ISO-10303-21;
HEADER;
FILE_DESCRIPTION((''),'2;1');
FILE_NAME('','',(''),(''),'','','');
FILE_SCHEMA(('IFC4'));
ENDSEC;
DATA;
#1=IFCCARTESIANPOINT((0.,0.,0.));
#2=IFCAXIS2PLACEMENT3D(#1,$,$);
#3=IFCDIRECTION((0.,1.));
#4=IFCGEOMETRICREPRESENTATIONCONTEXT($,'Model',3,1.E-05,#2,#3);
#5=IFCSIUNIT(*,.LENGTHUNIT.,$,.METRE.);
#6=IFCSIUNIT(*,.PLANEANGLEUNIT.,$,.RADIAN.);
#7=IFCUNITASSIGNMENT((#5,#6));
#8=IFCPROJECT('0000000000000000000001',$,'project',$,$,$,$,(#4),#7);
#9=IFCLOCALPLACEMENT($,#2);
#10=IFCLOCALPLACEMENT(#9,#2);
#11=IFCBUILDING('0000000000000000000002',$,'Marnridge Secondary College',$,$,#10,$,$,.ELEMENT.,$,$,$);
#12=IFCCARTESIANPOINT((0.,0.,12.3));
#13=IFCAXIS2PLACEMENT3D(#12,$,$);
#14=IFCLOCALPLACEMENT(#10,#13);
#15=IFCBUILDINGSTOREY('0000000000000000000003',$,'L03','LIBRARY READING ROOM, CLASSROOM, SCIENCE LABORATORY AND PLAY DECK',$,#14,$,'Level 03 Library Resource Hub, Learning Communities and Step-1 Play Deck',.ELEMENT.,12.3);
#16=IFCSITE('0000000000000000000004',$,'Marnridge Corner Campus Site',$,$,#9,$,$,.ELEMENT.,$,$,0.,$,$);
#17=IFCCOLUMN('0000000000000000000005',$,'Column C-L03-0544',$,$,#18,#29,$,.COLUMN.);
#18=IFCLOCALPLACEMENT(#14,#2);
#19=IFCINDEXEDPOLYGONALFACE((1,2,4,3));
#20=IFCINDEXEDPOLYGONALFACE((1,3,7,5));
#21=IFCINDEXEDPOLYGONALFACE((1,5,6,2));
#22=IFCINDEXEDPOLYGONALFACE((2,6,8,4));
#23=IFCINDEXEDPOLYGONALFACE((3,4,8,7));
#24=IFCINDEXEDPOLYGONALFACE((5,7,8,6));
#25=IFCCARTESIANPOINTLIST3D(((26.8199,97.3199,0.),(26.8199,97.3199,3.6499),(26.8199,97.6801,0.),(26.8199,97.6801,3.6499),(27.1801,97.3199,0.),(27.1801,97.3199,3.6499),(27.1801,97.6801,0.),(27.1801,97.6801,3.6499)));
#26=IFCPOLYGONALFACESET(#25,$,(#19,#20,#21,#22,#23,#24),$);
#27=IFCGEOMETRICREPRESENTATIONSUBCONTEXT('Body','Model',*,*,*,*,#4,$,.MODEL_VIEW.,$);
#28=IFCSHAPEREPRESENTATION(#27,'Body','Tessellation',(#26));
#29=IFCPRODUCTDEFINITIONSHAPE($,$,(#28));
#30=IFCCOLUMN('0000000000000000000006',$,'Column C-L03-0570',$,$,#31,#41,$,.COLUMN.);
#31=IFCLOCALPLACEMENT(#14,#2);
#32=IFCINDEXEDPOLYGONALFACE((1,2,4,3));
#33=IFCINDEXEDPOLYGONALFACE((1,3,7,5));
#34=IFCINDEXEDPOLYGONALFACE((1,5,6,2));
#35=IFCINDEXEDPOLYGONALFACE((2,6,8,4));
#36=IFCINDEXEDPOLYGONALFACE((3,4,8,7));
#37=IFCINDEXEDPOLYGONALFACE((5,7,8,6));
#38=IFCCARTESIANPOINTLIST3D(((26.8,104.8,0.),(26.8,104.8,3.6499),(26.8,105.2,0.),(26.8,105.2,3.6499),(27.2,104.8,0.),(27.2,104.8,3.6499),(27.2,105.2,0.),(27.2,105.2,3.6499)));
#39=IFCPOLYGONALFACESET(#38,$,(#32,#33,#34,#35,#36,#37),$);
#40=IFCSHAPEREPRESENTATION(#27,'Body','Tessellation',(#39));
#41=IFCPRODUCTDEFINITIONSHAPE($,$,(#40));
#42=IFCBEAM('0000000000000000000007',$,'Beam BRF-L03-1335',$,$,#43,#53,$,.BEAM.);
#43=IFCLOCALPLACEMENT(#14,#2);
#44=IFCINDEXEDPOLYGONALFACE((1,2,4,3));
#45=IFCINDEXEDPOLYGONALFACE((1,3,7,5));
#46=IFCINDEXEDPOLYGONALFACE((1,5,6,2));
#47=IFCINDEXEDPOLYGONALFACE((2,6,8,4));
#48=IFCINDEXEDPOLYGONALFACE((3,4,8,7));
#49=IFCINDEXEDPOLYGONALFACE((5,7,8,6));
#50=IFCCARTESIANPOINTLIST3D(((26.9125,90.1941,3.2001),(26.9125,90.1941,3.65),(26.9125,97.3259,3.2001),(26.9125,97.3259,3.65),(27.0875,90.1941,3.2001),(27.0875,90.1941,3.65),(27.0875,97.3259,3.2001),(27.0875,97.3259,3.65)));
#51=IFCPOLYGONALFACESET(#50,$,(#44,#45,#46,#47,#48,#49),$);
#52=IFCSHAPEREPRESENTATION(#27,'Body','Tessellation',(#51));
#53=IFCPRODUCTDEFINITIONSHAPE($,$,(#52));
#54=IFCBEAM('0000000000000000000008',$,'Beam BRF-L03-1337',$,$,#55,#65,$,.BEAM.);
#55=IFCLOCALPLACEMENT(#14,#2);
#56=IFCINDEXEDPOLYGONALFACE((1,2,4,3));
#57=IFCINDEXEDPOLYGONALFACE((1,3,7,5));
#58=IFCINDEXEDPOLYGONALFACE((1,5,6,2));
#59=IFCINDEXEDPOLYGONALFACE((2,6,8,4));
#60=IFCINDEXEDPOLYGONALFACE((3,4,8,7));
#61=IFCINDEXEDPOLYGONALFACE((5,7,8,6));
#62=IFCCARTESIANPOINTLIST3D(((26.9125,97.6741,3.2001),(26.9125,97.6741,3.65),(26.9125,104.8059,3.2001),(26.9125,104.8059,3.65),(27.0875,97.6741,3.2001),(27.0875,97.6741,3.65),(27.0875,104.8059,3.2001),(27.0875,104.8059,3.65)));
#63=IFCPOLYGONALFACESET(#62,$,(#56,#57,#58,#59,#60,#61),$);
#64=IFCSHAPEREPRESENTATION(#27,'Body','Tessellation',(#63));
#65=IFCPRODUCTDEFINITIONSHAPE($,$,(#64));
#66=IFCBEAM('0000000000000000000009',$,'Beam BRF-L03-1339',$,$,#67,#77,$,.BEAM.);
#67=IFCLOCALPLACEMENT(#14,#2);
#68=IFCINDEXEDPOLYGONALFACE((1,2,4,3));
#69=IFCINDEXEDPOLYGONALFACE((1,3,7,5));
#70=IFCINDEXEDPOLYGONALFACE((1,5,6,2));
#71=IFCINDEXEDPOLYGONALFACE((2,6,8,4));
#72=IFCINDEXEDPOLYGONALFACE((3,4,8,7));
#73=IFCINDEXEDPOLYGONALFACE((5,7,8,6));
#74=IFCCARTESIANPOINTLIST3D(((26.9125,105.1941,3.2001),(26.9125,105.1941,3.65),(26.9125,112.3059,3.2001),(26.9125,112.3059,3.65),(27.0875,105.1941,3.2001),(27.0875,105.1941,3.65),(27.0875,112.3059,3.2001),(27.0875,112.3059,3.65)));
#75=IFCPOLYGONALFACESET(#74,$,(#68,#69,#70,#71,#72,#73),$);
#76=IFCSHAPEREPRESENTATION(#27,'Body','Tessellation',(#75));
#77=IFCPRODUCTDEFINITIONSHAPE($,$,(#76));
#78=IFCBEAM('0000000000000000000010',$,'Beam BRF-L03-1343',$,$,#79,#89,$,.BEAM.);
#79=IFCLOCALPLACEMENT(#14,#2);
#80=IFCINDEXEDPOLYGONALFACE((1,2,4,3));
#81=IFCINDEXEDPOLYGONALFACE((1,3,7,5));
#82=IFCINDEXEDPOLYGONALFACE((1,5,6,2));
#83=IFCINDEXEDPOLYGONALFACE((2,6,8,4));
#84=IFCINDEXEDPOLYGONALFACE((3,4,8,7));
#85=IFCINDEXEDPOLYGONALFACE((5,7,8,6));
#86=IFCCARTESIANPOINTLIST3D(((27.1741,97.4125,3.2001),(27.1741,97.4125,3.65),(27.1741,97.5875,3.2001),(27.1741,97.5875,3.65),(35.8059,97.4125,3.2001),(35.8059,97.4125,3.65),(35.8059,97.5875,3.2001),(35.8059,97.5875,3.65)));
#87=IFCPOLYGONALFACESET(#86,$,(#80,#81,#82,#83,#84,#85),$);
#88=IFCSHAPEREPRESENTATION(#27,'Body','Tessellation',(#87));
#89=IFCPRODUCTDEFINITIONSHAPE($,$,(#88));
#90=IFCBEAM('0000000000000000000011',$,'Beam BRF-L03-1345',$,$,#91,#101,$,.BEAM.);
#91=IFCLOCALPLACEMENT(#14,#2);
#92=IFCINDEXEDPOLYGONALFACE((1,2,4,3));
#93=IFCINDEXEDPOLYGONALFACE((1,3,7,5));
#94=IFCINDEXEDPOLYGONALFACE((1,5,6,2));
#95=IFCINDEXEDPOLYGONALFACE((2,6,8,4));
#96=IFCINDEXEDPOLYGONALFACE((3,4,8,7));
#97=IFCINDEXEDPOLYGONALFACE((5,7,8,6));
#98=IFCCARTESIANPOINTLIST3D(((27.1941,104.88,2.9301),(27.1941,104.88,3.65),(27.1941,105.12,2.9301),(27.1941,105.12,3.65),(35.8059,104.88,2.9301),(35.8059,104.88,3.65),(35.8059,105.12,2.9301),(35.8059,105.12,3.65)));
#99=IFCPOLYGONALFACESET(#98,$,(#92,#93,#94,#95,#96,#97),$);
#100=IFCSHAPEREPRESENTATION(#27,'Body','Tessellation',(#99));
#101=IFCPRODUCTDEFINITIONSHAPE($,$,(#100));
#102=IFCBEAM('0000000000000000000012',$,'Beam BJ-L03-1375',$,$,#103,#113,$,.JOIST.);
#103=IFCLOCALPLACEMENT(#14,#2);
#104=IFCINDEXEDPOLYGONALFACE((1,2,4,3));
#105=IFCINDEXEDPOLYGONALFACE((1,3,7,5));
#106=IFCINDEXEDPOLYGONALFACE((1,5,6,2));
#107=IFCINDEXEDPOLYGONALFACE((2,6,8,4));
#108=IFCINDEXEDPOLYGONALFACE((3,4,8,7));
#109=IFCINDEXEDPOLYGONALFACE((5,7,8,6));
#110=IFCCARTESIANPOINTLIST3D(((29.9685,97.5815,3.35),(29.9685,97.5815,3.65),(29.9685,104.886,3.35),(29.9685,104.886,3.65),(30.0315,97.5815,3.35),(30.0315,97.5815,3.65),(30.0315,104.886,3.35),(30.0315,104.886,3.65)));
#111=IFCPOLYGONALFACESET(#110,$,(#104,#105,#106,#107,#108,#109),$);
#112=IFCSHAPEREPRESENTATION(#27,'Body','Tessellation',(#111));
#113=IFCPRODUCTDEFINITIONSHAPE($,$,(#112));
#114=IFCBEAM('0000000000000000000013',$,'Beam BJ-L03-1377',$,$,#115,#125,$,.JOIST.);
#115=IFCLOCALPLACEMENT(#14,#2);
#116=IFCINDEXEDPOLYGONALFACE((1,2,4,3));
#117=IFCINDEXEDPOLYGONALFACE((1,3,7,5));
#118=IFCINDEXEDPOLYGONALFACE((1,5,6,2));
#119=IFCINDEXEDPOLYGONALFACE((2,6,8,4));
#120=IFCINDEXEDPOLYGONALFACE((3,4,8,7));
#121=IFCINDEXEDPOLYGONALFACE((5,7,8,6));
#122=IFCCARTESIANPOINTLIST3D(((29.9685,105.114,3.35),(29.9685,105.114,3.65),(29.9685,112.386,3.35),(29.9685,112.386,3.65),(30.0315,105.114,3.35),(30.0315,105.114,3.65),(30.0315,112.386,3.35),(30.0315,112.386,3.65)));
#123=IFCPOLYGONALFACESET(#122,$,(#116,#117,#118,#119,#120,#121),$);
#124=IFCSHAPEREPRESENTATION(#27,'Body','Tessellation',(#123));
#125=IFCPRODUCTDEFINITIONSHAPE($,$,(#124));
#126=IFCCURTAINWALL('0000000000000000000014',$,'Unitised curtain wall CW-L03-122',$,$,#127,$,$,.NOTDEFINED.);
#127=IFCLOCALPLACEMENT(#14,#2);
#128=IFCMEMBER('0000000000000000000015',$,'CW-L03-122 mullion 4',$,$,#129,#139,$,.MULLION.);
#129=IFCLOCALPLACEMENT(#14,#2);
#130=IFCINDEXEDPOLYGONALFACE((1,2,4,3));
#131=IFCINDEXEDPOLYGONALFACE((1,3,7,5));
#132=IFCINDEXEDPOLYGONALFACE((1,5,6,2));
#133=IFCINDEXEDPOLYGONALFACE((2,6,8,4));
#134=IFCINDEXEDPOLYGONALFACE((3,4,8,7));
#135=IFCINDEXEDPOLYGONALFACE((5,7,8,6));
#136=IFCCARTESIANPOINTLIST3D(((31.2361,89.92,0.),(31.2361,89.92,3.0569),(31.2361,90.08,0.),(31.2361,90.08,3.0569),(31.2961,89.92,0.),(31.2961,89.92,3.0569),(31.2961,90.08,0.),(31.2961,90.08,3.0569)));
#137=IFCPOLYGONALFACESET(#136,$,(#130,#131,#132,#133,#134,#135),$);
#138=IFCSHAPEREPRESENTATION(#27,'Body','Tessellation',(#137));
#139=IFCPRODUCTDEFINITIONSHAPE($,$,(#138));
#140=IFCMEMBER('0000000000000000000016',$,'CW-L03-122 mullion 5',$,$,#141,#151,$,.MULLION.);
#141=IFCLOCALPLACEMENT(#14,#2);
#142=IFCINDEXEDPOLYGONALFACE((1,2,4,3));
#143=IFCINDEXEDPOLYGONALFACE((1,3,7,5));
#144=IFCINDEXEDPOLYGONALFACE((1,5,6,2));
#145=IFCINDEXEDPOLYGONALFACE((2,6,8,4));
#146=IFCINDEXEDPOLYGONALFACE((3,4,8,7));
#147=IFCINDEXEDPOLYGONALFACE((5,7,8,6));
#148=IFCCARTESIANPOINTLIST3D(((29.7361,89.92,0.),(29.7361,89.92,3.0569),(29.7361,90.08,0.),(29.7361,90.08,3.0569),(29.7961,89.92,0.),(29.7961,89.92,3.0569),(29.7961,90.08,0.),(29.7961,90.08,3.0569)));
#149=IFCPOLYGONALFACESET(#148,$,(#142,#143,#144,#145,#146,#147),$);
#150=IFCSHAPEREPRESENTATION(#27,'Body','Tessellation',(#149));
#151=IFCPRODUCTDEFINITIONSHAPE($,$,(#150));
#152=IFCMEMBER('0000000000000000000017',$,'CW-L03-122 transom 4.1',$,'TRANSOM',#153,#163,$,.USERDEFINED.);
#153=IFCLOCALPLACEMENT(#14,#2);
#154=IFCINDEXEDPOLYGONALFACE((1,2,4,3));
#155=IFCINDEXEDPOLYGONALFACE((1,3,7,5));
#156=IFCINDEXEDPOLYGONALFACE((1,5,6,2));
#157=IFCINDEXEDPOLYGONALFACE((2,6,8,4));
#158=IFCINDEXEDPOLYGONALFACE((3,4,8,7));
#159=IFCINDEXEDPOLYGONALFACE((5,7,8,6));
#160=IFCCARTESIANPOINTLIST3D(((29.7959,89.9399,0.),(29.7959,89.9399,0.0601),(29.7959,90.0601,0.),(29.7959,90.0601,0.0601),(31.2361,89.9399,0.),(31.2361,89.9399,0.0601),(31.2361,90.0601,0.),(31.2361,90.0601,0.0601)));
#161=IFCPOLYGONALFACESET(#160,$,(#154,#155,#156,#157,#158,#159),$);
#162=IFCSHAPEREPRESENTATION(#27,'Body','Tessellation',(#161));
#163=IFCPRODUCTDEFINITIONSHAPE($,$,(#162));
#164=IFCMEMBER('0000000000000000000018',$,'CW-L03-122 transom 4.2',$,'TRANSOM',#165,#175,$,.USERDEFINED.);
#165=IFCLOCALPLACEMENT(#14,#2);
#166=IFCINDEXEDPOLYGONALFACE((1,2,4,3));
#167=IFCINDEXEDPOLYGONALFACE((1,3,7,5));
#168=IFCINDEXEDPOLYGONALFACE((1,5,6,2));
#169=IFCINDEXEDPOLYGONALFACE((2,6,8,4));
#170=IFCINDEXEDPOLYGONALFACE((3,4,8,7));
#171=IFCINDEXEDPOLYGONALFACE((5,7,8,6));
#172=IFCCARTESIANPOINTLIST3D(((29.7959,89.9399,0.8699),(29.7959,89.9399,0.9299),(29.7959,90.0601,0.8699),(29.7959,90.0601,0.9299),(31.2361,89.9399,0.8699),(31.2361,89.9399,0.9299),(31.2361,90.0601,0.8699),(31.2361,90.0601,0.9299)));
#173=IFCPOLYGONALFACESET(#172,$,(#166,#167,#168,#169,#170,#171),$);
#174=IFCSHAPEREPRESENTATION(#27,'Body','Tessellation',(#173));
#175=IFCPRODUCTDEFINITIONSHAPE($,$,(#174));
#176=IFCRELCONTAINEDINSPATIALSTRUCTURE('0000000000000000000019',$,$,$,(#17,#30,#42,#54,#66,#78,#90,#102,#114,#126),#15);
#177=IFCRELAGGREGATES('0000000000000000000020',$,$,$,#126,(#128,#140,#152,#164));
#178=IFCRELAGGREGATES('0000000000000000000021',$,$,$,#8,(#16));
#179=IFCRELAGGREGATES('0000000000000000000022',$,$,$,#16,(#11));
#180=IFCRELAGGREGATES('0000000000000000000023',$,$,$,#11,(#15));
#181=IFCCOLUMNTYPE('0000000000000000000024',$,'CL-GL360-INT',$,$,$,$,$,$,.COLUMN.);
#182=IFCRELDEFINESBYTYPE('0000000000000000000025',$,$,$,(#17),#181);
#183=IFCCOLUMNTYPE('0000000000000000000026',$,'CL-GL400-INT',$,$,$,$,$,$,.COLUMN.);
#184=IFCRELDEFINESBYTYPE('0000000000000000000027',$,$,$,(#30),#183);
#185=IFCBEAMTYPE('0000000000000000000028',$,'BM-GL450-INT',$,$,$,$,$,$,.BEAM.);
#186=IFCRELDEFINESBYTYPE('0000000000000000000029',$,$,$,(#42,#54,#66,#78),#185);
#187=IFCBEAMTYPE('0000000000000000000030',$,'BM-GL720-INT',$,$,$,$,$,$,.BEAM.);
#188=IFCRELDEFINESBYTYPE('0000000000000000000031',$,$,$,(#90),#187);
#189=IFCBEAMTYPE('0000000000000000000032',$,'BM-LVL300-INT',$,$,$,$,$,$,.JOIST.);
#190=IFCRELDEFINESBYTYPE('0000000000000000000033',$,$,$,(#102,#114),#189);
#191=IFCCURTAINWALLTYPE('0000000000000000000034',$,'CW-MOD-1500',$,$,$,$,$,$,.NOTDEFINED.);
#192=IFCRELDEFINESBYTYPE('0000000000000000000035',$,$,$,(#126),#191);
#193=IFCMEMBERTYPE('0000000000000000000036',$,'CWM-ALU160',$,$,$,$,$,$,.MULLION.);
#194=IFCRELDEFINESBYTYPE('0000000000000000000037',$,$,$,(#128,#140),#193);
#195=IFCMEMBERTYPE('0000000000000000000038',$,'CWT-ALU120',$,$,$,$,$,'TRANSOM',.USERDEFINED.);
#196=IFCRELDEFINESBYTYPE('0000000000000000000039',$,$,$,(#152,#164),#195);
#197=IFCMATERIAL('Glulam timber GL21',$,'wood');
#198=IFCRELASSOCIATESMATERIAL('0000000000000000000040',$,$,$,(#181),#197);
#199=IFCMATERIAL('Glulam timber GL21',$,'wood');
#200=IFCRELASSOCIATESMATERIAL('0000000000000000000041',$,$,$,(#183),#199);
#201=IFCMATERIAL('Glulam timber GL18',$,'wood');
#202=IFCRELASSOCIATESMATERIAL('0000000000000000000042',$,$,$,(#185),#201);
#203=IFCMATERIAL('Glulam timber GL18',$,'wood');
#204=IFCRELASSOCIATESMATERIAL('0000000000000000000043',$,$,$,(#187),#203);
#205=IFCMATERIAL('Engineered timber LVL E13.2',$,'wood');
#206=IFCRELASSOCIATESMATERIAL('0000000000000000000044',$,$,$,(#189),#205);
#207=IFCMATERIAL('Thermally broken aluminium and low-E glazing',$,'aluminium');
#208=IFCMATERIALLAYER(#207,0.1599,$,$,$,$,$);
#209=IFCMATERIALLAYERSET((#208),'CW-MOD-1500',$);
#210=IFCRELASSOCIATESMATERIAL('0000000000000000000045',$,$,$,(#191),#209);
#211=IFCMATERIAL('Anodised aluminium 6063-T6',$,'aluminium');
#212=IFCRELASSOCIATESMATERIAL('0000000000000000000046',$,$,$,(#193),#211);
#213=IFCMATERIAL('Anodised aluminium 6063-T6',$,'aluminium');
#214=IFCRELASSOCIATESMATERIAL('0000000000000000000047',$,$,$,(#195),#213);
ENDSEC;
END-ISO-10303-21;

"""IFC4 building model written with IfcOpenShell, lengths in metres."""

from ifc_helpers import new_model, si_unit, direction, frame, origin, origin_2d, place, context, subcontext, project, spatial, rectangle, extrude, material, layer, layer_set, material_profile, profile_set, type_object, element, aggregate, save


model = new_model("IFC4")

# Units and contexts
model_context = context("Model", 3, precision=1e-05, world=origin(), true_north=direction((0.0, 1.0)))
body_context = subcontext(model_context, "Body", "Model", "MODEL_VIEW")
ifc_project = project(units=[si_unit("LENGTHUNIT", "METRE"), si_unit("PLANEANGLEUNIT", "RADIAN")], contexts=[model_context])

# Site, building, storey
site_placement = place(None, origin())
site = spatial("IfcSite", under=ifc_project, at=site_placement, Name="Marnridge Corner Campus Site", CompositionType="ELEMENT", RefElevation=0.0)
building_placement = place(site_placement, origin())
building = spatial("IfcBuilding", under=site, at=building_placement, Name="Marnridge Secondary College", CompositionType="ELEMENT")
storey_placement = place(building_placement, frame((0.0, 0.0, 12.3)))
storey = spatial("IfcBuildingStorey", under=building, at=storey_placement, Name="L03", Description="LIBRARY READING ROOM, CLASSROOM, SCIENCE LABORATORY AND PLAY DECK", LongName="Level 03 Library Resource Hub, Learning Communities and Step-1 Play Deck", CompositionType="ELEMENT", Elevation=12.3)

# Columns
ifc_material_1 = material(Name="Glulam timber GL21", Category="wood")
ifc_material_profile_1 = material_profile(ifc_material_1, rectangle(XDim=0.3601, YDim=0.3601, at=origin_2d()), Name="GL21 360x360")
ifc_profile_set_1 = profile_set([ifc_material_profile_1], Name="Glulam timber GL21")
column_type_1 = type_object("IfcColumnType", Name="CL-GL360-INT", PredefinedType="COLUMN", material=ifc_profile_set_1)
column_1_placement = place(storey_placement, frame((27.0, 97.5, 0.0), z_axis=(0.0, 0.0, 1.0), x_axis=(1.0, 0.0, 0.0)))
element("IfcColumn", 1, at=column_1_placement, inside=storey, type_object=column_type_1, Name="Column C-L03-0544", PredefinedType="COLUMN", context=body_context, shape_type="SweptSolid", body=[
    extrude(rectangle(XDim=0.3601, YDim=0.3601, at=origin_2d()), origin(), (0.0, 0.0, 1.0), 3.6499),
])
ifc_material_2 = material(Name="Glulam timber GL21", Category="wood")
ifc_material_profile_2 = material_profile(ifc_material_2, rectangle(XDim=0.3999, YDim=0.3999, at=origin_2d()), Name="GL21 400x400")
ifc_profile_set_2 = profile_set([ifc_material_profile_2], Name="Glulam timber GL21")
column_type_2 = type_object("IfcColumnType", Name="CL-GL400-INT", PredefinedType="COLUMN", material=ifc_profile_set_2)
column_2_placement = place(storey_placement, frame((27.0, 105.0, 0.0), z_axis=(0.0, 0.0, 1.0), x_axis=(1.0, 0.0, 0.0)))
element("IfcColumn", 2, at=column_2_placement, inside=storey, type_object=column_type_2, Name="Column C-L03-0570", PredefinedType="COLUMN", context=body_context, shape_type="SweptSolid", body=[
    extrude(rectangle(XDim=0.3999, YDim=0.3999, at=origin_2d()), origin(), (0.0, 0.0, 1.0), 3.6499),
])

# Beams
ifc_material_3 = material(Name="Glulam timber GL18", Category="wood")
ifc_material_profile_3 = material_profile(ifc_material_3, rectangle(XDim=0.175, YDim=0.45, at=origin_2d()), Name="GL18 175x450")
ifc_profile_set_3 = profile_set([ifc_material_profile_3], Name="Glulam timber GL18")
beam_type_1 = type_object("IfcBeamType", Name="BM-GL450-INT", PredefinedType="BEAM", material=ifc_profile_set_3)
for number, where, z_axis, x_axis, name in (
    (3, (27.0, 90.1941, 3.425), (0.0, 1.0, 0.0), (-1.0, 0.0, 0.0), "Beam BRF-L03-1335"),
    (4, (27.0, 97.6741, 3.425), (0.0, 1.0, 0.0), (-1.0, 0.0, 0.0), "Beam BRF-L03-1337"),
):
    element("IfcBeam", number, at=place(storey_placement, frame(where, z_axis=z_axis, x_axis=x_axis)), inside=storey, type_object=beam_type_1, Name=name, PredefinedType="BEAM", context=body_context, shape_type="SweptSolid", body=[
        extrude(rectangle(XDim=0.175, YDim=0.45, at=origin_2d()), origin(), (0.0, 0.0, 1.0), 7.1318),
    ])
beam_1_placement = place(storey_placement, frame((27.0, 105.1941, 3.425), z_axis=(0.0, 1.0, 0.0), x_axis=(-1.0, 0.0, 0.0)))
element("IfcBeam", 5, at=beam_1_placement, inside=storey, type_object=beam_type_1, Name="Beam BRF-L03-1339", PredefinedType="BEAM", context=body_context, shape_type="SweptSolid", body=[
    extrude(rectangle(XDim=0.175, YDim=0.45, at=origin_2d()), origin(), (0.0, 0.0, 1.0), 7.1118),
])
beam_2_placement = place(storey_placement, frame((27.1741, 97.5, 3.425), z_axis=(1.0, 0.0, 0.0), x_axis=(0.0, 1.0, 0.0)))
element("IfcBeam", 6, at=beam_2_placement, inside=storey, type_object=beam_type_1, Name="Beam BRF-L03-1343", PredefinedType="BEAM", context=body_context, shape_type="SweptSolid", body=[
    extrude(rectangle(XDim=0.175, YDim=0.45, at=origin_2d()), origin(), (0.0, 0.0, 1.0), 8.6318),
])
ifc_material_4 = material(Name="Glulam timber GL18", Category="wood")
ifc_material_profile_4 = material_profile(ifc_material_4, rectangle(XDim=0.24, YDim=0.72, at=origin_2d()), Name="GL18 240x720")
ifc_profile_set_4 = profile_set([ifc_material_profile_4], Name="Glulam timber GL18")
beam_type_2 = type_object("IfcBeamType", Name="BM-GL720-INT", PredefinedType="BEAM", material=ifc_profile_set_4)
beam_3_placement = place(storey_placement, frame((27.1941, 105.0, 3.29), z_axis=(1.0, 0.0, 0.0), x_axis=(0.0, 1.0, 0.0)))
element("IfcBeam", 7, at=beam_3_placement, inside=storey, type_object=beam_type_2, Name="Beam BRF-L03-1345", PredefinedType="BEAM", context=body_context, shape_type="SweptSolid", body=[
    extrude(rectangle(XDim=0.24, YDim=0.72, at=origin_2d()), origin(), (0.0, 0.0, 1.0), 8.6118),
])
ifc_material_5 = material(Name="Engineered timber LVL E13.2", Category="wood")
ifc_material_profile_5 = material_profile(ifc_material_5, rectangle(XDim=0.063, YDim=0.3, at=origin_2d()), Name="LVL 63x300")
ifc_profile_set_5 = profile_set([ifc_material_profile_5], Name="Engineered timber LVL E13.2")
beam_type_3 = type_object("IfcBeamType", Name="BM-LVL300-INT", PredefinedType="JOIST", material=ifc_profile_set_5)
beam_4_placement = place(storey_placement, frame((30.0, 97.5815, 3.5), z_axis=(0.0, 1.0, 0.0), x_axis=(-1.0, 0.0, 0.0)))
element("IfcBeam", 8, at=beam_4_placement, inside=storey, type_object=beam_type_3, Name="Beam BJ-L03-1375", PredefinedType="JOIST", context=body_context, shape_type="SweptSolid", body=[
    extrude(rectangle(XDim=0.063, YDim=0.3, at=origin_2d()), origin(), (0.0, 0.0, 1.0), 7.3044),
])
beam_5_placement = place(storey_placement, frame((30.0, 105.114, 3.5), z_axis=(0.0, 1.0, 0.0), x_axis=(-1.0, 0.0, 0.0)))
element("IfcBeam", 9, at=beam_5_placement, inside=storey, type_object=beam_type_3, Name="Beam BJ-L03-1377", PredefinedType="JOIST", context=body_context, shape_type="SweptSolid", body=[
    extrude(rectangle(XDim=0.063, YDim=0.3, at=origin_2d()), origin(), (0.0, 0.0, 1.0), 7.272),
])

# Curtain wall, members
ifc_material_6 = material(Name="Thermally broken aluminium and low-E glazing", Category="aluminium")
ifc_layer_1 = layer(ifc_material_6, 0.1599)
ifc_layer_set_1 = layer_set([ifc_layer_1], Name="CW-MOD-1500")
curtain_wall_type = type_object("IfcCurtainWallType", Name="CW-MOD-1500", PredefinedType="NOTDEFINED", material=ifc_layer_set_1)
curtain_wall_placement = place(storey_placement, origin())
curtain_wall = element("IfcCurtainWall", 10, at=curtain_wall_placement, inside=storey, type_object=curtain_wall_type, Name="Unitised curtain wall CW-L03-122", PredefinedType="NOTDEFINED")
ifc_material_7 = material(Name="Anodised aluminium 6063-T6", Category="aluminium")
ifc_material_profile_6 = material_profile(ifc_material_7, rectangle(XDim=0.0601, YDim=0.1599, at=origin_2d()), Name="ALU 60x160")
ifc_profile_set_6 = profile_set([ifc_material_profile_6], Name="Anodised aluminium 6063-T6")
member_type_1 = type_object("IfcMemberType", Name="CWM-ALU160", PredefinedType="MULLION", material=ifc_profile_set_6)
member_1_placement = place(storey_placement, frame((31.2661, 90.0, 0.0), z_axis=(0.0, 0.0, 1.0), x_axis=(-1.0, 0.0, 0.0)))
member_1 = element("IfcMember", 11, at=member_1_placement, type_object=member_type_1, Name="CW-L03-122 mullion 4", PredefinedType="MULLION", context=body_context, shape_type="SweptSolid", body=[
    extrude(rectangle(XDim=0.0601, YDim=0.1599, at=origin_2d()), origin(), (0.0, 0.0, 1.0), 3.0569),
])
member_2_placement = place(storey_placement, frame((29.7661, 90.0, 0.0), z_axis=(0.0, 0.0, 1.0), x_axis=(-1.0, 0.0, 0.0)))
member_2 = element("IfcMember", 12, at=member_2_placement, type_object=member_type_1, Name="CW-L03-122 mullion 5", PredefinedType="MULLION", context=body_context, shape_type="SweptSolid", body=[
    extrude(rectangle(XDim=0.0601, YDim=0.1599, at=origin_2d()), origin(), (0.0, 0.0, 1.0), 3.0569),
])
ifc_material_8 = material(Name="Anodised aluminium 6063-T6", Category="aluminium")
ifc_material_profile_7 = material_profile(ifc_material_8, rectangle(XDim=0.0601, YDim=0.1201, at=origin_2d()), Name="ALU 60x120")
ifc_profile_set_7 = profile_set([ifc_material_profile_7], Name="Anodised aluminium 6063-T6")
member_type_2 = type_object("IfcMemberType", Name="CWT-ALU120", ElementType="TRANSOM", PredefinedType="USERDEFINED", material=ifc_profile_set_7)
member_3_placement = place(storey_placement, frame((31.2361, 90.0, 0.03), z_axis=(-1.0, 0.0, 0.0), x_axis=(0.0, 0.0, 1.0)))
member_3 = element("IfcMember", 13, at=member_3_placement, type_object=member_type_2, Name="CW-L03-122 transom 4.1", ObjectType="TRANSOM", PredefinedType="USERDEFINED", context=body_context, shape_type="SweptSolid", body=[
    extrude(rectangle(XDim=0.0601, YDim=0.1201, at=origin_2d()), origin(), (0.0, 0.0, 1.0), 1.4402),
])
member_4_placement = place(storey_placement, frame((31.2361, 90.0, 0.8999), z_axis=(-1.0, 0.0, 0.0), x_axis=(0.0, 0.0, 1.0)))
member_4 = element("IfcMember", 14, at=member_4_placement, type_object=member_type_2, Name="CW-L03-122 transom 4.2", ObjectType="TRANSOM", PredefinedType="USERDEFINED", context=body_context, shape_type="SweptSolid", body=[
    extrude(rectangle(XDim=0.0601, YDim=0.1201, at=origin_2d()), origin(), (0.0, 0.0, 1.0), 1.4402),
])
aggregate(curtain_wall, [member_1, member_2, member_3, member_4])

save(model, "model.ifc")
